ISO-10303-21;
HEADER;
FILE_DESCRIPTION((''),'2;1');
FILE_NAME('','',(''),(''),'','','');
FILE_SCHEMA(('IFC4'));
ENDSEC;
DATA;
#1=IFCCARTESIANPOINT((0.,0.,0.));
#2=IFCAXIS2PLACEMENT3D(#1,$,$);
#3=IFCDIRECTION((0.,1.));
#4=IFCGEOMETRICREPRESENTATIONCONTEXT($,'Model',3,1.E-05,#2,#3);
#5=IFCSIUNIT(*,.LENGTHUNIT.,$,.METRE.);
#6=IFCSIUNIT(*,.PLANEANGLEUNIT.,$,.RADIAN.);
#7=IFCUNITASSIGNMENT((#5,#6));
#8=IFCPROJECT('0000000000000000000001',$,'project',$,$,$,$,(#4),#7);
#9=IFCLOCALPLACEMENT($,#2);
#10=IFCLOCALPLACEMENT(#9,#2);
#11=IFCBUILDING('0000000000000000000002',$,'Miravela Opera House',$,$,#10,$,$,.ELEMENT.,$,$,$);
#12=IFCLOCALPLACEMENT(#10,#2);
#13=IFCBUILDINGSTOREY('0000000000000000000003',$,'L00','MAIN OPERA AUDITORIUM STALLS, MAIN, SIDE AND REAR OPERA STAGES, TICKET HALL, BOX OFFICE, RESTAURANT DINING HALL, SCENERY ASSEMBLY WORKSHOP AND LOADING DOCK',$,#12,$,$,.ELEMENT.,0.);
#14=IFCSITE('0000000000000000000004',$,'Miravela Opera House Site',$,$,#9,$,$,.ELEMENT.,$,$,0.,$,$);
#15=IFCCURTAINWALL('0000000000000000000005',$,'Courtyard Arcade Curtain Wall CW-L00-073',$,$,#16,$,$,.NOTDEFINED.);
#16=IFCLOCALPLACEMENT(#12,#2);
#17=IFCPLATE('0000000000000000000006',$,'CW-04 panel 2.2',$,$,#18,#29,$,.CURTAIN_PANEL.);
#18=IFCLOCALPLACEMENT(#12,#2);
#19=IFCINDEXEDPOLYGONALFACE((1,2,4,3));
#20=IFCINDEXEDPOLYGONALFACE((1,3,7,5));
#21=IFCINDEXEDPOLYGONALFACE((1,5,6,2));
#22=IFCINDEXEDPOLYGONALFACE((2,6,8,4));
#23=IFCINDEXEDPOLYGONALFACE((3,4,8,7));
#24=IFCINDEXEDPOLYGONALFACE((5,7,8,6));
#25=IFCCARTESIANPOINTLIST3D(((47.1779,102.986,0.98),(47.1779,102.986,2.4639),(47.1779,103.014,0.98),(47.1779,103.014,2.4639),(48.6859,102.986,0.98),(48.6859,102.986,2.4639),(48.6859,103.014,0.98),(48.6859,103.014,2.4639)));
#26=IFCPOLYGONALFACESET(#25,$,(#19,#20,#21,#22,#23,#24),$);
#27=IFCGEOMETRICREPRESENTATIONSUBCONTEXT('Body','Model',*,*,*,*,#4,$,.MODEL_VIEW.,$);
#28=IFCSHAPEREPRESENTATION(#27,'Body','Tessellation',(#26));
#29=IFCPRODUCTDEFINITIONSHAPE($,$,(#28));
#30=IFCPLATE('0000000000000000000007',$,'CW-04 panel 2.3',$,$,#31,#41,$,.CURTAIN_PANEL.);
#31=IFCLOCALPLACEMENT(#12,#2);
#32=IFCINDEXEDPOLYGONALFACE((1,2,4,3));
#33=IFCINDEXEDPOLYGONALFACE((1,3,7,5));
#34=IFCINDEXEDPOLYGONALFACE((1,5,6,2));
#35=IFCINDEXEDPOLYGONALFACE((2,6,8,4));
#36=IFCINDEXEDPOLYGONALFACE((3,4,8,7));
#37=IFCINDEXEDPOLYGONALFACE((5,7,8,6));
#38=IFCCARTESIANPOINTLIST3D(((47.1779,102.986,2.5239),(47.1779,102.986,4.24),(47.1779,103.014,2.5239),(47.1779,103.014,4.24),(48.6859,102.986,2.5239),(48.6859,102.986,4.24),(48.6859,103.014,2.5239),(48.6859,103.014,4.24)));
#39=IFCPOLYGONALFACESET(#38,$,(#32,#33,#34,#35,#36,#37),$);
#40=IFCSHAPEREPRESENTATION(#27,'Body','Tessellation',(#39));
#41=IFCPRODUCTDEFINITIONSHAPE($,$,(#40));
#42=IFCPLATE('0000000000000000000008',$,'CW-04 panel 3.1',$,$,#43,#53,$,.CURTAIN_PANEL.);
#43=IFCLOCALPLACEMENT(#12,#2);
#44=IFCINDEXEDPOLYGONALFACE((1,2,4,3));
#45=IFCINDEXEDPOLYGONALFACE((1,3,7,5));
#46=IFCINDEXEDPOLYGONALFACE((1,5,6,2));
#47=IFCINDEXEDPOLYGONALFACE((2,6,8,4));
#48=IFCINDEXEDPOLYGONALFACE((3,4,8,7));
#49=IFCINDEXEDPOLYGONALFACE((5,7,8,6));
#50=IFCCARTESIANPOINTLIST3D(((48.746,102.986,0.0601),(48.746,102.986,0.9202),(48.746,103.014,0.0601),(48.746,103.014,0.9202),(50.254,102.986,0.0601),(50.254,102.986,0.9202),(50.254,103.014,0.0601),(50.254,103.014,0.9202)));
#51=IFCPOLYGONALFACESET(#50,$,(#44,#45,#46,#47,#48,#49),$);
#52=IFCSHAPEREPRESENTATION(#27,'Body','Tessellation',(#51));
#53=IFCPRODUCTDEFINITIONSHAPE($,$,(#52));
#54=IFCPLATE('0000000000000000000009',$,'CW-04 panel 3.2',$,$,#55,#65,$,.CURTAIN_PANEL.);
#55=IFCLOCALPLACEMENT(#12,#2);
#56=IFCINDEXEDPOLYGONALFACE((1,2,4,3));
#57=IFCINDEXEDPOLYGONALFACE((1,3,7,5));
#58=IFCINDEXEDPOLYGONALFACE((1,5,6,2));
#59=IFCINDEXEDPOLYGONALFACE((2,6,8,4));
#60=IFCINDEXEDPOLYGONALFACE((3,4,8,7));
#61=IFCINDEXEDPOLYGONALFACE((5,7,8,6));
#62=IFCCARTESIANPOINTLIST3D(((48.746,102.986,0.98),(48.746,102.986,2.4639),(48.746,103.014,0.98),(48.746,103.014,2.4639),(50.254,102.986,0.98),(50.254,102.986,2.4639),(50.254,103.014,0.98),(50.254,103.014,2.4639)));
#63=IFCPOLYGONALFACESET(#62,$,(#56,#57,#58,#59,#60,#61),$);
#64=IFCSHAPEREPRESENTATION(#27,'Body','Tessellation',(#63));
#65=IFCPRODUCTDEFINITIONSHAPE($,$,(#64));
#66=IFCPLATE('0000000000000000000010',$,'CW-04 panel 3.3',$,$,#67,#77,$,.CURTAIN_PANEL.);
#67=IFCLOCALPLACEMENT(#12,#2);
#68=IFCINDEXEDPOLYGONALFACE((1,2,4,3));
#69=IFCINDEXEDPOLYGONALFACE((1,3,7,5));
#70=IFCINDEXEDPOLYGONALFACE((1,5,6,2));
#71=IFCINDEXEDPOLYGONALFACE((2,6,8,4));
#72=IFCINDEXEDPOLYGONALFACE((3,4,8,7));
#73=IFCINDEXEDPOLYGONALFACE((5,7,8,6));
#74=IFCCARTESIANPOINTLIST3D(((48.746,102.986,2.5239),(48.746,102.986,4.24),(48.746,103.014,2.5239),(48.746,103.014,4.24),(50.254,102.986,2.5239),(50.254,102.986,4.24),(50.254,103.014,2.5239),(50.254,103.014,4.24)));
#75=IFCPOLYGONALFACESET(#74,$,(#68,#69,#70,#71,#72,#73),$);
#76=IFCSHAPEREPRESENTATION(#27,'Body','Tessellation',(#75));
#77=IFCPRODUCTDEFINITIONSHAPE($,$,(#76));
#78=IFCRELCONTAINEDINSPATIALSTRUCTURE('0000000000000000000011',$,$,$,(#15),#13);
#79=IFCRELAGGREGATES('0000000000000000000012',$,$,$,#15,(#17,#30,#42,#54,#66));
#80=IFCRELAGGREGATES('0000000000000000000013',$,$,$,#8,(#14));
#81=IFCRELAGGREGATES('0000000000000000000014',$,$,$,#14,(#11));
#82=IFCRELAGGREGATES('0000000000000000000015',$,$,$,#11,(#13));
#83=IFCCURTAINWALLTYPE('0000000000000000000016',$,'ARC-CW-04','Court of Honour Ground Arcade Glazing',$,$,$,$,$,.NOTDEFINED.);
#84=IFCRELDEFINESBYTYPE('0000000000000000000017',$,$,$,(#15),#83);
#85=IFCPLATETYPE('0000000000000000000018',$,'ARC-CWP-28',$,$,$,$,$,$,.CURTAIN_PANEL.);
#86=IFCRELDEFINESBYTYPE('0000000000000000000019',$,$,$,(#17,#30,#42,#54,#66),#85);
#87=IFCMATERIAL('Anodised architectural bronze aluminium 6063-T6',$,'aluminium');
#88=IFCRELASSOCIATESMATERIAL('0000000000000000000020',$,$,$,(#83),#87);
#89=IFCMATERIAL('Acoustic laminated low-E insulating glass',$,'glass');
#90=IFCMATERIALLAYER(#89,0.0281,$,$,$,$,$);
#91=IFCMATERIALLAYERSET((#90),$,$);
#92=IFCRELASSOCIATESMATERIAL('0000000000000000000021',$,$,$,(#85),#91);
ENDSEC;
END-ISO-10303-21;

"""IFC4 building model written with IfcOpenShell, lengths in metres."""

from ifc_helpers import new_model, si_unit, direction, frame, origin, origin_2d, place, context, subcontext, project, spatial, rectangle, extrude, material, layer, layer_set, type_object, element, aggregate, save


model = new_model("IFC4")

# Units and contexts
model_context = context("Model", 3, precision=1e-05, world=origin(), true_north=direction((0.0, 1.0)))
body_context = subcontext(model_context, "Body", "Model", "MODEL_VIEW")
ifc_project = project(units=[si_unit("LENGTHUNIT", "METRE"), si_unit("PLANEANGLEUNIT", "RADIAN")], contexts=[model_context])

# Site, building, storey
site_placement = place(None, origin())
site = spatial("IfcSite", under=ifc_project, at=site_placement, Name="Miravela Opera House Site", CompositionType="ELEMENT", RefElevation=0.0)
building_placement = place(site_placement, origin())
building = spatial("IfcBuilding", under=site, at=building_placement, Name="Miravela Opera House", CompositionType="ELEMENT")
storey_placement = place(building_placement, origin())
storey = spatial("IfcBuildingStorey", under=building, at=storey_placement, Name="L00", Description="MAIN OPERA AUDITORIUM STALLS, MAIN, SIDE AND REAR OPERA STAGES, TICKET HALL, BOX OFFICE, RESTAURANT DINING HALL, SCENERY ASSEMBLY WORKSHOP AND LOADING DOCK", CompositionType="ELEMENT", Elevation=0.0)

# Curtain wall, plates
ifc_material_1 = material(Name="Anodised architectural bronze aluminium 6063-T6", Category="aluminium")
curtain_wall_type = type_object("IfcCurtainWallType", Name="ARC-CW-04", Description="Court of Honour Ground Arcade Glazing", PredefinedType="NOTDEFINED", material=ifc_material_1)
curtain_wall_placement = place(storey_placement, origin())
curtain_wall = element("IfcCurtainWall", 1, at=curtain_wall_placement, inside=storey, type_object=curtain_wall_type, Name="Courtyard Arcade Curtain Wall CW-L00-073", PredefinedType="NOTDEFINED")
ifc_material_2 = material(Name="Acoustic laminated low-E insulating glass", Category="glass")
ifc_layer = layer(ifc_material_2, 0.0281)
ifc_layer_set = layer_set([ifc_layer])
plate_type = type_object("IfcPlateType", Name="ARC-CWP-28", PredefinedType="CURTAIN_PANEL", material=ifc_layer_set)
plate_1_placement = place(storey_placement, frame((47.9319, 103.0, 0.98), z_axis=(0.0, 0.0, 1.0), x_axis=(1.0, 0.0, 0.0)))
plate_1 = element("IfcPlate", 2, at=plate_1_placement, type_object=plate_type, Name="CW-04 panel 2.2", PredefinedType="CURTAIN_PANEL", context=body_context, shape_type="SweptSolid", body=[
    extrude(rectangle(XDim=1.5081, YDim=0.0281, at=origin_2d()), origin(), (0.0, 0.0, 1.0), 1.4839),
])
plate_2_placement = place(storey_placement, frame((47.9319, 103.0, 2.5239), z_axis=(0.0, 0.0, 1.0), x_axis=(1.0, 0.0, 0.0)))
plate_2 = element("IfcPlate", 3, at=plate_2_placement, type_object=plate_type, Name="CW-04 panel 2.3", PredefinedType="CURTAIN_PANEL", context=body_context, shape_type="SweptSolid", body=[
    extrude(rectangle(XDim=1.5081, YDim=0.0281, at=origin_2d()), origin(), (0.0, 0.0, 1.0), 1.7161),
])
plate_3_placement = place(storey_placement, frame((49.5, 103.0, 0.0601), z_axis=(0.0, 0.0, 1.0), x_axis=(1.0, 0.0, 0.0)))
plate_3 = element("IfcPlate", 4, at=plate_3_placement, type_object=plate_type, Name="CW-04 panel 3.1", PredefinedType="CURTAIN_PANEL", context=body_context, shape_type="SweptSolid", body=[
    extrude(rectangle(XDim=1.5081, YDim=0.0281, at=origin_2d()), origin(), (0.0, 0.0, 1.0), 0.8601),
])
plate_4_placement = place(storey_placement, frame((49.5, 103.0, 0.98), z_axis=(0.0, 0.0, 1.0), x_axis=(1.0, 0.0, 0.0)))
plate_4 = element("IfcPlate", 5, at=plate_4_placement, type_object=plate_type, Name="CW-04 panel 3.2", PredefinedType="CURTAIN_PANEL", context=body_context, shape_type="SweptSolid", body=[
    extrude(rectangle(XDim=1.5081, YDim=0.0281, at=origin_2d()), origin(), (0.0, 0.0, 1.0), 1.4839),
])
plate_5_placement = place(storey_placement, frame((49.5, 103.0, 2.5239), z_axis=(0.0, 0.0, 1.0), x_axis=(1.0, 0.0, 0.0)))
plate_5 = element("IfcPlate", 6, at=plate_5_placement, type_object=plate_type, Name="CW-04 panel 3.3", PredefinedType="CURTAIN_PANEL", context=body_context, shape_type="SweptSolid", body=[
    extrude(rectangle(XDim=1.5081, YDim=0.0281, at=origin_2d()), origin(), (0.0, 0.0, 1.0), 1.7161),
])
aggregate(curtain_wall, [plate_1, plate_2, plate_3, plate_4, plate_5])

save(model, "model.ifc")
